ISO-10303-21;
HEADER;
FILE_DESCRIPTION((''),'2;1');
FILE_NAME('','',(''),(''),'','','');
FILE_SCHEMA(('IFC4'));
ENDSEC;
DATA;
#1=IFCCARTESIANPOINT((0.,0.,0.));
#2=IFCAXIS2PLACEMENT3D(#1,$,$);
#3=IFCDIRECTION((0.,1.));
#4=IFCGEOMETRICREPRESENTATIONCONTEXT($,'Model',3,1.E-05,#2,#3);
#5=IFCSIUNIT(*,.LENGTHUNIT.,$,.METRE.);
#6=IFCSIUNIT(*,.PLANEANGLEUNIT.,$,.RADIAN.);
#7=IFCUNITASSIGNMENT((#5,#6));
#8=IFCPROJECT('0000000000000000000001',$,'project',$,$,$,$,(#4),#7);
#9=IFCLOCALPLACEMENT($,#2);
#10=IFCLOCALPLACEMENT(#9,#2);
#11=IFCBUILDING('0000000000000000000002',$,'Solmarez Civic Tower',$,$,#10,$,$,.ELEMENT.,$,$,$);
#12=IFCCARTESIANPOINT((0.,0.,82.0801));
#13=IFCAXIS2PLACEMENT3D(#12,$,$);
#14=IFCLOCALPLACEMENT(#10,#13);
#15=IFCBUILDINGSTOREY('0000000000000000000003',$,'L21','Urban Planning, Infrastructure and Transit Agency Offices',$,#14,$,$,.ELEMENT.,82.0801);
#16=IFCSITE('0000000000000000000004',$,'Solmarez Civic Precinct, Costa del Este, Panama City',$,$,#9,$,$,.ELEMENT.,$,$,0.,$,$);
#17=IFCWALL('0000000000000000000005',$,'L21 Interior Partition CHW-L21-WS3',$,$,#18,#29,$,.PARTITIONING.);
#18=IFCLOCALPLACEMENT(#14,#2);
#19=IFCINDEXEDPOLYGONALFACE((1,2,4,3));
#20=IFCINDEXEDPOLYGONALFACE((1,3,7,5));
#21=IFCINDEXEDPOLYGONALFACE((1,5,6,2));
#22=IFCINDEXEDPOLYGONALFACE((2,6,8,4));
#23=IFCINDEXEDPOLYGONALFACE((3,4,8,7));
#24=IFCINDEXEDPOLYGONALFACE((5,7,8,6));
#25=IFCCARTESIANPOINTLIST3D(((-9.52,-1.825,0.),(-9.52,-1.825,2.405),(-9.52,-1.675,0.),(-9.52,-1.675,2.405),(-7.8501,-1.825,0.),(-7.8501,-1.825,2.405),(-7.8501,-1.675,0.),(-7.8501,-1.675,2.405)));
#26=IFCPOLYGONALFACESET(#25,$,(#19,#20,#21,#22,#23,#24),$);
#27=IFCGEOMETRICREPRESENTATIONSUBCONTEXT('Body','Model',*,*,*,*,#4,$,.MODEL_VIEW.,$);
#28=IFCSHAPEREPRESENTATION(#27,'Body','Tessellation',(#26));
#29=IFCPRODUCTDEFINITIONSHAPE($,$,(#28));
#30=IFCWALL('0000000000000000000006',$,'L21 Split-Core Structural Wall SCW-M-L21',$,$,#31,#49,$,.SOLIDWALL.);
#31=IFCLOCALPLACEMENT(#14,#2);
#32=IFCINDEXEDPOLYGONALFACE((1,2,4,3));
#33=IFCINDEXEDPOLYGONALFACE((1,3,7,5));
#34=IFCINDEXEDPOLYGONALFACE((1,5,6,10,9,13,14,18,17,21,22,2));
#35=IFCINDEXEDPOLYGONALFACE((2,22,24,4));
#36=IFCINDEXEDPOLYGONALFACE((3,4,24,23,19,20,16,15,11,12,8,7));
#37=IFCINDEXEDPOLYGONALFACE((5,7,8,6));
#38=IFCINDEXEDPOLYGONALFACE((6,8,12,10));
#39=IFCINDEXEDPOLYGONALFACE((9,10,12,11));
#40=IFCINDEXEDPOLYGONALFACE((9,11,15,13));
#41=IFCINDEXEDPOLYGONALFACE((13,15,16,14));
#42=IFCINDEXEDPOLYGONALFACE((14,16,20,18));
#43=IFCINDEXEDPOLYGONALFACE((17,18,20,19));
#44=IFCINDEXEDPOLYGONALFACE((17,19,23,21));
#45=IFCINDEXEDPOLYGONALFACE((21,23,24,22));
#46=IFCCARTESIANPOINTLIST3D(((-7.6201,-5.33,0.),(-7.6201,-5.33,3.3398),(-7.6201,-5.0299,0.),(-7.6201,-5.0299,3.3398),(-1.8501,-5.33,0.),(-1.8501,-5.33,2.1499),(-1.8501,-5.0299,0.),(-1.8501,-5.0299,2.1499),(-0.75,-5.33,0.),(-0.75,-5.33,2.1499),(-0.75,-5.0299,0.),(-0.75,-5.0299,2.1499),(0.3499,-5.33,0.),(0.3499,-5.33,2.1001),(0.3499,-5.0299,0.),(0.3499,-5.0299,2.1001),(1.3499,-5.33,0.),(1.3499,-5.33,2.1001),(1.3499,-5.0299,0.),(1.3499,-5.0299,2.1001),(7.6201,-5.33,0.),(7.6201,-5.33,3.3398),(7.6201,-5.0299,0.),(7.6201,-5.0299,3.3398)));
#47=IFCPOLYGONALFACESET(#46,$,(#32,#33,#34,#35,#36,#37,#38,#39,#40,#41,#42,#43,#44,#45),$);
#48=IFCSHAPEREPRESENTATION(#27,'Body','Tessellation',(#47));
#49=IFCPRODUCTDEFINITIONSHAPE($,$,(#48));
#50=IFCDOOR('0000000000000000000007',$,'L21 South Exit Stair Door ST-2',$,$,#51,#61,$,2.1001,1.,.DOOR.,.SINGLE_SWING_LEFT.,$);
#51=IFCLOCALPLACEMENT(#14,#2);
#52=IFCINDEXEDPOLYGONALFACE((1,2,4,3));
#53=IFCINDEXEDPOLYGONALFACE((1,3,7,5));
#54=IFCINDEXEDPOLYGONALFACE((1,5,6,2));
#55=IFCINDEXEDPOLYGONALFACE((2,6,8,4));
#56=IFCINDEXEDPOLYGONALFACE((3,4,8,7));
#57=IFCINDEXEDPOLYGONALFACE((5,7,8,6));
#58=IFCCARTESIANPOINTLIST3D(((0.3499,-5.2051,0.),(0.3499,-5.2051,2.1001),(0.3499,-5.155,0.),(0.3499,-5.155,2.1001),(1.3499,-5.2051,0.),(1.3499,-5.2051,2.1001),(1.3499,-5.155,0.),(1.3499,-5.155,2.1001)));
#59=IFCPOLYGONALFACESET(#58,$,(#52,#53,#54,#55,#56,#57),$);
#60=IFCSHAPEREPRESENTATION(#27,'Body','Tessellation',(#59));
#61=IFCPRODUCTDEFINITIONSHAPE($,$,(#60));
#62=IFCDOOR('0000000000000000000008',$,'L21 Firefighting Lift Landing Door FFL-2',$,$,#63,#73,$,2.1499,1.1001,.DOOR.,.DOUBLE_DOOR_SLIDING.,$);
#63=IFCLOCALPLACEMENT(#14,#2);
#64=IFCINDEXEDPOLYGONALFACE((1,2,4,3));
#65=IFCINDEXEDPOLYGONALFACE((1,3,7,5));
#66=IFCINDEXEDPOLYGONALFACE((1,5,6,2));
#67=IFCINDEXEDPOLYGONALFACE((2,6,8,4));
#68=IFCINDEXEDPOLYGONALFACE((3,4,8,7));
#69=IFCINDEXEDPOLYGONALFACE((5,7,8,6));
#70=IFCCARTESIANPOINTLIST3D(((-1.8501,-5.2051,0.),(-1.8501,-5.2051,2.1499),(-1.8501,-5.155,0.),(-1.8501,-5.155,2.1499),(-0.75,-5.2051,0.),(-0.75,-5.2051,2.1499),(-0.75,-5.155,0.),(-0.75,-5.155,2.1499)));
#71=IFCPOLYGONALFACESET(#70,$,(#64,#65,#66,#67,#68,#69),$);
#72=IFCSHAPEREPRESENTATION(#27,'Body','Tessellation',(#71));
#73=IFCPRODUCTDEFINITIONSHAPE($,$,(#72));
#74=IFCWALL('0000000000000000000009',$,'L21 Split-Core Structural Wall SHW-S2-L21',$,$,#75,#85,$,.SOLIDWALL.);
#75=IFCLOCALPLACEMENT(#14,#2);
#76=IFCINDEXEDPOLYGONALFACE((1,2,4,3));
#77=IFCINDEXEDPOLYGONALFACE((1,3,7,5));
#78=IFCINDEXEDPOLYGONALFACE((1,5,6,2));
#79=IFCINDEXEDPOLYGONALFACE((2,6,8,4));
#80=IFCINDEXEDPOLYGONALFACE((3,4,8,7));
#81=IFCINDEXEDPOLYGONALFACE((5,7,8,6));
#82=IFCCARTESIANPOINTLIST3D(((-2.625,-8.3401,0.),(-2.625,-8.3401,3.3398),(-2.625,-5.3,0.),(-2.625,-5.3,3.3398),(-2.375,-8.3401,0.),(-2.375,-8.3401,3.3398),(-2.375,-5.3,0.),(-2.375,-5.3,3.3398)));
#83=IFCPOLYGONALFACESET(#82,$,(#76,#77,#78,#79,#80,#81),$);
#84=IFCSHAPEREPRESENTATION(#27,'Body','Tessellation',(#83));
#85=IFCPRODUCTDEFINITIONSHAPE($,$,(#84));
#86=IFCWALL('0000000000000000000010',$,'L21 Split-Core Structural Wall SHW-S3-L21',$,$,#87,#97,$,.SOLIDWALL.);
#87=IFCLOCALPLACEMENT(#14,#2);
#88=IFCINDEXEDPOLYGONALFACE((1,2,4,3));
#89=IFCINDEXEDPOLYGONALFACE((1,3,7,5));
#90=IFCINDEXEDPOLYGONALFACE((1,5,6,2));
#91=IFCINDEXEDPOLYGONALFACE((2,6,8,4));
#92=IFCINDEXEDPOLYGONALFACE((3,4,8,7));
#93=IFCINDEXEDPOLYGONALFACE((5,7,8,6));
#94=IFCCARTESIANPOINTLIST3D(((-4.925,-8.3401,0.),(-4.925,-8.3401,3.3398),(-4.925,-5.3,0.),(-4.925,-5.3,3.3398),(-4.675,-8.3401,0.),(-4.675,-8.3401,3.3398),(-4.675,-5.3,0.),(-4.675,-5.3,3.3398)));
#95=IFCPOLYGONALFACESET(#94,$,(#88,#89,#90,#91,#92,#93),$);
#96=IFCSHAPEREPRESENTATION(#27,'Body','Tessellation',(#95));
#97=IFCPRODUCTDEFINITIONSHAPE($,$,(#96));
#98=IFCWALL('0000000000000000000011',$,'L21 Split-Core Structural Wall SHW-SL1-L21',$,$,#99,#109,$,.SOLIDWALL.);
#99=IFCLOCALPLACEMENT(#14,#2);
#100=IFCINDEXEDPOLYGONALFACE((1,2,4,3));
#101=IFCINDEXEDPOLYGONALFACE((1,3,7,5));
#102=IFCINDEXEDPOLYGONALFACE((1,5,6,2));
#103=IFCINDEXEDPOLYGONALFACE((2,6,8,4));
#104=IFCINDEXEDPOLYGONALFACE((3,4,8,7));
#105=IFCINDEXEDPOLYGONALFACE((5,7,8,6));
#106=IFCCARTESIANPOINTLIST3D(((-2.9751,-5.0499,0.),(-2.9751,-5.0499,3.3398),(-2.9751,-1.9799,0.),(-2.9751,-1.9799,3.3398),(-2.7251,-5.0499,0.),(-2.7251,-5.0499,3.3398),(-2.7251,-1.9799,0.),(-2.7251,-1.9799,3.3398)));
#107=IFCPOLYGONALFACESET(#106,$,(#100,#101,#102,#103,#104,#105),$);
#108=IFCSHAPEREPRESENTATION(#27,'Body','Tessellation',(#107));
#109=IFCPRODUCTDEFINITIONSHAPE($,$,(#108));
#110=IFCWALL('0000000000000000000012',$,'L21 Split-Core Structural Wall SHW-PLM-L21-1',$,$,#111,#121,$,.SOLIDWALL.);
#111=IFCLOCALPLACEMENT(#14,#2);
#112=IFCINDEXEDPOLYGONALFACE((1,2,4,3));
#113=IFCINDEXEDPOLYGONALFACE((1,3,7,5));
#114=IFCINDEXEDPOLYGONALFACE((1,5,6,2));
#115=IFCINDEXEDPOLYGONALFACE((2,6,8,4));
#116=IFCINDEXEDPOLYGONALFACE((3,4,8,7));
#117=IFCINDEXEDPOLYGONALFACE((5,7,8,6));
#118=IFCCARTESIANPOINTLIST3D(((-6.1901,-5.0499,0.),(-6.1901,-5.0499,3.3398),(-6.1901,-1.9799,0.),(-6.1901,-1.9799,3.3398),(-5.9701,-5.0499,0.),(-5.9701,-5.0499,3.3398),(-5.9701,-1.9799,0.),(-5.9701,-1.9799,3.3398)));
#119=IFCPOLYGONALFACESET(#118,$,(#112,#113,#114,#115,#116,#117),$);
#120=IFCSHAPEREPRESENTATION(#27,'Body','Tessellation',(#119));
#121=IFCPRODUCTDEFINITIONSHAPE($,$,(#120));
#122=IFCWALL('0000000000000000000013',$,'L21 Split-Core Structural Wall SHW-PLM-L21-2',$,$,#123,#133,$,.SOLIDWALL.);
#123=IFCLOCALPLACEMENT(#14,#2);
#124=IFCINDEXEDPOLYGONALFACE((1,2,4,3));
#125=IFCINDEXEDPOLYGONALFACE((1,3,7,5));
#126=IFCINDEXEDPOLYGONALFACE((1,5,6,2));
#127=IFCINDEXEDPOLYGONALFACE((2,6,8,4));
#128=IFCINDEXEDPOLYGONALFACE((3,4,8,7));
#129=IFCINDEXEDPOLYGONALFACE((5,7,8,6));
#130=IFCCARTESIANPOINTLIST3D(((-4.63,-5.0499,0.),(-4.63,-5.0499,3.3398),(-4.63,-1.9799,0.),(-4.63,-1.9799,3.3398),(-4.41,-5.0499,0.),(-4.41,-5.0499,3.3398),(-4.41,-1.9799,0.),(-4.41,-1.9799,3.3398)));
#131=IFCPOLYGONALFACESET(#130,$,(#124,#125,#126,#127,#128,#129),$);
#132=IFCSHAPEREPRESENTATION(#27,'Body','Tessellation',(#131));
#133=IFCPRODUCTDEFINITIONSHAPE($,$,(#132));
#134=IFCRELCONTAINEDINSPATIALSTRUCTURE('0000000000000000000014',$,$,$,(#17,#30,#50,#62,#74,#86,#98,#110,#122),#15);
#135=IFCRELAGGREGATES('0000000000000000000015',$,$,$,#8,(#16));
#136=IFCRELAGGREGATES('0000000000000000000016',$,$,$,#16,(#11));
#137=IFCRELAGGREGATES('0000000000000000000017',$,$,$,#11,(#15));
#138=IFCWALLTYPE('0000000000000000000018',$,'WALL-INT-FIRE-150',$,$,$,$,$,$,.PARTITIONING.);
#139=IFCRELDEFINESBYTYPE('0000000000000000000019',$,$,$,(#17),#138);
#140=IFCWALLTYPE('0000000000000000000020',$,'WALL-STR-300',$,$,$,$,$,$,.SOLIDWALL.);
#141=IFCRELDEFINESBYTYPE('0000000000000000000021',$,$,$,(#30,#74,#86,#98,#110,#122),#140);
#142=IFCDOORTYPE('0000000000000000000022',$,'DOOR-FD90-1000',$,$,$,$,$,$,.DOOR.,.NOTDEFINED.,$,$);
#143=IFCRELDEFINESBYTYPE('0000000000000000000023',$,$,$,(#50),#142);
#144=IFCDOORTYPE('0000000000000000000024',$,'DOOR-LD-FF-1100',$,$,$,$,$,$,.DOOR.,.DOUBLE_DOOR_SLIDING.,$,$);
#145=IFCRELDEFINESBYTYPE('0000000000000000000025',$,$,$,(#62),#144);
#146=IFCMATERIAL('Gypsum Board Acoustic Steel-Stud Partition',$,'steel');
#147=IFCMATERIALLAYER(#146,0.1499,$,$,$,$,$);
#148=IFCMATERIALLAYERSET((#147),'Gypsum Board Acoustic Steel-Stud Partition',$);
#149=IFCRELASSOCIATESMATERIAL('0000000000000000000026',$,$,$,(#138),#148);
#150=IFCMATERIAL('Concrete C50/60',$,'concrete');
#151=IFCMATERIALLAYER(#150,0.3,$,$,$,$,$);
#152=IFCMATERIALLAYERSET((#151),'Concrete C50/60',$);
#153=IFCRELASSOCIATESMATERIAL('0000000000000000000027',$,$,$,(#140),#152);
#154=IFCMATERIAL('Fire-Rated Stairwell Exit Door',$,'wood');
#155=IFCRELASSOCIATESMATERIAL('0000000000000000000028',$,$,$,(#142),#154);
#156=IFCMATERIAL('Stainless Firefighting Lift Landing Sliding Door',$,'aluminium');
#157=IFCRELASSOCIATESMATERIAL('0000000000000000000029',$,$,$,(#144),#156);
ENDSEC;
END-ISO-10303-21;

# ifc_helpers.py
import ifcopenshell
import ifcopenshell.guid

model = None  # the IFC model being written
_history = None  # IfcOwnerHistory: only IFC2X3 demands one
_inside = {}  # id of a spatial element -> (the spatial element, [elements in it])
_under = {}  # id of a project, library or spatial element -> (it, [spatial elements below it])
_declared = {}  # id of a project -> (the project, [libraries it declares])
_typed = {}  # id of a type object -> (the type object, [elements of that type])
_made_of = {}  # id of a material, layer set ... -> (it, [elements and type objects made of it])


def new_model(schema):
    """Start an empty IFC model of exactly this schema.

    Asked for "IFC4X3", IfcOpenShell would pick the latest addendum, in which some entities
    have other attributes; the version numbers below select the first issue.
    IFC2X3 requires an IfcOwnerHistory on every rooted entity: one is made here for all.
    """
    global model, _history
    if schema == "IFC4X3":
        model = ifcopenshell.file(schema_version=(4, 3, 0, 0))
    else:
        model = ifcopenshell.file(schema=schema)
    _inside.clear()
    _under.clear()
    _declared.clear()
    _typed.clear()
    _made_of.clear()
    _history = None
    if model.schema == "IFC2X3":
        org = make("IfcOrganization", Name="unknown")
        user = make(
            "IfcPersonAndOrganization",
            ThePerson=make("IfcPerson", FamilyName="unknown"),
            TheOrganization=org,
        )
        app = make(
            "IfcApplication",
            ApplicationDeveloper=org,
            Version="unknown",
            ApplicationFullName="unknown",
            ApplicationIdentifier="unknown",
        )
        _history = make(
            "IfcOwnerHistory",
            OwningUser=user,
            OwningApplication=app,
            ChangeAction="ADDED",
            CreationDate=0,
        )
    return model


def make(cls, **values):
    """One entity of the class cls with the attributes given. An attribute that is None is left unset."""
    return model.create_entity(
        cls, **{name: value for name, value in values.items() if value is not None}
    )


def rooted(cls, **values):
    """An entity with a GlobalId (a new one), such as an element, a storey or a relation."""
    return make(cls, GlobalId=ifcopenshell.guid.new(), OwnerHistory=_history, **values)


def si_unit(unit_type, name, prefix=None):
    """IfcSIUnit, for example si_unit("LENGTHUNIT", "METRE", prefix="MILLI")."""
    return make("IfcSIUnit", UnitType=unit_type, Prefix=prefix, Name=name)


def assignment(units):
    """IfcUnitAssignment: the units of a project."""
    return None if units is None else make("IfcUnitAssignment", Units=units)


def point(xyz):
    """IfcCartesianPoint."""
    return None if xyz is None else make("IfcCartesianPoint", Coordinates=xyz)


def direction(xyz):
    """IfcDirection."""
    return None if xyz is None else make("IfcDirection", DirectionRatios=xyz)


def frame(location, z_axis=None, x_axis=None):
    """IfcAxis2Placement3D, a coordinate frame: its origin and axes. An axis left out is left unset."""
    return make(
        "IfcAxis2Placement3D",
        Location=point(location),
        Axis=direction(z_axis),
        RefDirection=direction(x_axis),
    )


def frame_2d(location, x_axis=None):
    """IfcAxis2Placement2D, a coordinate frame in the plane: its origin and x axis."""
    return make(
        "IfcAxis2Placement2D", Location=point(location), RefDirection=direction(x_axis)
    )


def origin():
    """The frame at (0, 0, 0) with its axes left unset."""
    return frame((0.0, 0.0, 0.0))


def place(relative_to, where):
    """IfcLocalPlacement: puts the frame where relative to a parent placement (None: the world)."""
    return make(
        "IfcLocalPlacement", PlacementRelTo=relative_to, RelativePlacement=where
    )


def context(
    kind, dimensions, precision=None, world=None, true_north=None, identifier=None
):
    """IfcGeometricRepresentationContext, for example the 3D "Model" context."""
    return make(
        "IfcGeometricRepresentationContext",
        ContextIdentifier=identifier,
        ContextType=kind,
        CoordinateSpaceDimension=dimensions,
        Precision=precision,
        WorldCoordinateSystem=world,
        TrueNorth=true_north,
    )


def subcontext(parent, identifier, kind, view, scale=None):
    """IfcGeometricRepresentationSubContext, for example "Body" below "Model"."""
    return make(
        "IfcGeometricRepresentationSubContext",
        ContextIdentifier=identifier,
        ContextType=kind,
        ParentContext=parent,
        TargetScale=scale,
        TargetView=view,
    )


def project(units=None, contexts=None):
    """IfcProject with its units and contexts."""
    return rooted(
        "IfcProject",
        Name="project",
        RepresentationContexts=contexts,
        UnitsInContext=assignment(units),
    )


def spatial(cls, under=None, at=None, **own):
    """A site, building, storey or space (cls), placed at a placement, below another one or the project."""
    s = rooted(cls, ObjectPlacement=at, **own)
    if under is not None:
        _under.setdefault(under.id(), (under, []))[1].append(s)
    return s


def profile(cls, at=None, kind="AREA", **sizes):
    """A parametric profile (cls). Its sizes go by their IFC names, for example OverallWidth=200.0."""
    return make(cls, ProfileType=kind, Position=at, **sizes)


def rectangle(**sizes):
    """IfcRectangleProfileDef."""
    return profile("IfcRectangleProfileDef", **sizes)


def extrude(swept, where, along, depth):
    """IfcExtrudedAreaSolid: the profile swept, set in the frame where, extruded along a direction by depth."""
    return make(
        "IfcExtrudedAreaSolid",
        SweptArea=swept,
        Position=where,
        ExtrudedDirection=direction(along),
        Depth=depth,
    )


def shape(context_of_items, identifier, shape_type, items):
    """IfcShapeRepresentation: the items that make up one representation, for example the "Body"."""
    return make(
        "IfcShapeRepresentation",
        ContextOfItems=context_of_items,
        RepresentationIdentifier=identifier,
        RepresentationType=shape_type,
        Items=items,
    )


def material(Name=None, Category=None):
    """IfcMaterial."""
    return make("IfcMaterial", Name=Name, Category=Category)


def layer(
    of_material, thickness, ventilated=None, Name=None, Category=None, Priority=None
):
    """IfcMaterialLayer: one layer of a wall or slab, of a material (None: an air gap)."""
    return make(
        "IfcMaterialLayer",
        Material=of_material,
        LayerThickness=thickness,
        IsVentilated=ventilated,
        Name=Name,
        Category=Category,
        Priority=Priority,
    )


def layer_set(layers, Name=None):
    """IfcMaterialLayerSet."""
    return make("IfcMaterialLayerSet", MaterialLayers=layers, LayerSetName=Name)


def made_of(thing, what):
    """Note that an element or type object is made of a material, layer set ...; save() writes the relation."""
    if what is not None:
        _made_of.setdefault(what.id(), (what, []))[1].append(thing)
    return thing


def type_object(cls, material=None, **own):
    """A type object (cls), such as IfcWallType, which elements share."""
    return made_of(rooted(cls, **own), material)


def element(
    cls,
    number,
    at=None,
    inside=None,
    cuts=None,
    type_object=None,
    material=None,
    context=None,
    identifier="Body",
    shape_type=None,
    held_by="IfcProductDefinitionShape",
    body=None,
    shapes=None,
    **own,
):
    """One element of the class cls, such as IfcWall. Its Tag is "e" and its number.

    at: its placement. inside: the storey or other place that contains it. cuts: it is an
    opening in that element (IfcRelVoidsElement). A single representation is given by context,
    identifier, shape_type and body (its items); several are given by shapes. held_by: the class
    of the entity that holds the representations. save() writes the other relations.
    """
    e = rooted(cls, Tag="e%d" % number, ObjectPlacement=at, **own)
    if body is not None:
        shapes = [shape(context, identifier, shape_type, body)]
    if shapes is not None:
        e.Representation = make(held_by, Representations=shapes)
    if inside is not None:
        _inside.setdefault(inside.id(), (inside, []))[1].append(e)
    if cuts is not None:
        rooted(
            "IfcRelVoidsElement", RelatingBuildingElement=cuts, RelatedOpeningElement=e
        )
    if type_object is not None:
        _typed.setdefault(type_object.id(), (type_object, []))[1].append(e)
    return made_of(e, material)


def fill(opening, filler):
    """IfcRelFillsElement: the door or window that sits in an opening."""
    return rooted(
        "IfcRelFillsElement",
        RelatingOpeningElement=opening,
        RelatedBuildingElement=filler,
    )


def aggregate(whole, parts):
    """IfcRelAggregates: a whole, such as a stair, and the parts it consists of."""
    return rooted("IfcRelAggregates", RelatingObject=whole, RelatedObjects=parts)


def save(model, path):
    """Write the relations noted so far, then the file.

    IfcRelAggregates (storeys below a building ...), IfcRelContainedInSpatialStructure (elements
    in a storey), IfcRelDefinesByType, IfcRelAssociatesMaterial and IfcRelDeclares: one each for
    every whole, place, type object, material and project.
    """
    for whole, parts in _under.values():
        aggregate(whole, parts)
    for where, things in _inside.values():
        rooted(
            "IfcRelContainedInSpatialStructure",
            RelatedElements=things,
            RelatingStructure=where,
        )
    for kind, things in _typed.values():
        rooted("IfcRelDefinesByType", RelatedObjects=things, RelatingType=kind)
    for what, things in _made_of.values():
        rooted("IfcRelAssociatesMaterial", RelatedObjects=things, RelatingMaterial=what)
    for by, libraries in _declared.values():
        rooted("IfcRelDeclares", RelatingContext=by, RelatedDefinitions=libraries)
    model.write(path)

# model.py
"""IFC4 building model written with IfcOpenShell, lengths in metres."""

from ifc_helpers import new_model, si_unit, direction, frame, frame_2d, origin, place, context, subcontext, project, spatial, rectangle, extrude, material, layer, layer_set, type_object, element, fill, save


model = new_model("IFC4")

# Units and contexts
model_context = context("Model", 3, precision=1e-05, world=origin(), true_north=direction((0.0, 1.0)))
body_context = subcontext(model_context, "Body", "Model", "MODEL_VIEW")
ifc_project = project(units=[si_unit("LENGTHUNIT", "METRE"), si_unit("PLANEANGLEUNIT", "RADIAN")], contexts=[model_context])

# Site, building, storey
site_placement = place(None, origin())
site = spatial("IfcSite", under=ifc_project, at=site_placement, Name="Solmarez Civic Precinct, Costa del Este, Panama City", CompositionType="ELEMENT", RefElevation=0.0)
building_placement = place(site_placement, origin())
building = spatial("IfcBuilding", under=site, at=building_placement, Name="Solmarez Civic Tower", CompositionType="ELEMENT")
storey_placement = place(building_placement, frame((0.0, 0.0, 82.0801)))
storey = spatial("IfcBuildingStorey", under=building, at=storey_placement, Name="L21", Description="Urban Planning, Infrastructure and Transit Agency Offices", CompositionType="ELEMENT", Elevation=82.0801)

# Wall
ifc_material_1 = material(Name="Gypsum Board Acoustic Steel-Stud Partition", Category="steel")
ifc_layer_1 = layer(ifc_material_1, 0.1499)
ifc_layer_set_1 = layer_set([ifc_layer_1], Name="Gypsum Board Acoustic Steel-Stud Partition")
wall_type_1 = type_object("IfcWallType", Name="WALL-INT-FIRE-150", PredefinedType="PARTITIONING", material=ifc_layer_set_1)
wall_1_placement = place(storey_placement, frame((-7.8501, -1.75, 0.0), z_axis=(0.0, 0.0, 1.0), x_axis=(-1.0, 0.0, 0.0)))
element("IfcWall", 1, at=wall_1_placement, inside=storey, type_object=wall_type_1, Name="L21 Interior Partition CHW-L21-WS3", PredefinedType="PARTITIONING", context=body_context, shape_type="SweptSolid", body=[
    extrude(rectangle(XDim=1.6699, YDim=0.1499, at=frame_2d((0.835, 0.0))), origin(), (0.0, 0.0, 1.0), 2.405),
])

# Wall, openings, doors
ifc_material_2 = material(Name="Concrete C50/60", Category="concrete")
ifc_layer_2 = layer(ifc_material_2, 0.3)
ifc_layer_set_2 = layer_set([ifc_layer_2], Name="Concrete C50/60")
wall_type_2 = type_object("IfcWallType", Name="WALL-STR-300", PredefinedType="SOLIDWALL", material=ifc_layer_set_2)
wall_2_placement = place(storey_placement, frame((-7.6201, -5.1799, 0.0), z_axis=(0.0, 0.0, 1.0), x_axis=(1.0, 0.0, 0.0)))
wall_2 = element("IfcWall", 2, at=wall_2_placement, inside=storey, type_object=wall_type_2, Name="L21 Split-Core Structural Wall SCW-M-L21", PredefinedType="SOLIDWALL", context=body_context, shape_type="SweptSolid", body=[
    extrude(rectangle(XDim=15.2402, YDim=0.3, at=frame_2d((7.6201, 0.0))), origin(), (0.0, 0.0, 1.0), 3.3398),
])
opening_1_placement = place(wall_2_placement, frame((5.77, 0.0, 0.0)))
opening_1 = element("IfcOpeningElement", 3, at=opening_1_placement, cuts=wall_2, PredefinedType="OPENING", context=body_context, shape_type="SweptSolid", body=[
    extrude(rectangle(XDim=1.1001, YDim=2.1499, at=frame_2d((0.55, 1.075))), frame((0.0, 0.1599, 0.0), z_axis=(0.0, -1.0, 0.0), x_axis=(1.0, 0.0, 0.0)), (0.0, 0.0, 1.0), 0.3201),
])
opening_2_placement = place(wall_2_placement, frame((7.97, 0.0, 0.0)))
opening_2 = element("IfcOpeningElement", 4, at=opening_2_placement, cuts=wall_2, PredefinedType="OPENING", context=body_context, shape_type="SweptSolid", body=[
    extrude(rectangle(XDim=1.0, YDim=2.1001, at=frame_2d((0.5, 1.05))), frame((0.0, 0.1599, 0.0), z_axis=(0.0, -1.0, 0.0), x_axis=(1.0, 0.0, 0.0)), (0.0, 0.0, 1.0), 0.3201),
])
ifc_material_3 = material(Name="Fire-Rated Stairwell Exit Door", Category="wood")
door_type_1 = type_object("IfcDoorType", Name="DOOR-FD90-1000", OperationType="NOTDEFINED", PredefinedType="DOOR", material=ifc_material_3)
door_1_placement = place(opening_2_placement, origin())
door_1 = element("IfcDoor", 5, at=door_1_placement, inside=storey, type_object=door_type_1, Name="L21 South Exit Stair Door ST-2", OperationType="SINGLE_SWING_LEFT", OverallHeight=2.1001, OverallWidth=1.0, PredefinedType="DOOR", context=body_context, shape_type="SweptSolid", body=[
    extrude(rectangle(XDim=1.0, YDim=2.1001, at=frame_2d((0.5, 1.05))), frame((0.0, 0.0249, 0.0), z_axis=(0.0, -1.0, 0.0), x_axis=(1.0, 0.0, 0.0)), (0.0, 0.0, 1.0), 0.05),
])
fill(opening_2, door_1)
ifc_material_4 = material(Name="Stainless Firefighting Lift Landing Sliding Door", Category="aluminium")
door_type_2 = type_object("IfcDoorType", Name="DOOR-LD-FF-1100", OperationType="DOUBLE_DOOR_SLIDING", PredefinedType="DOOR", material=ifc_material_4)
door_2_placement = place(opening_1_placement, origin())
door_2 = element("IfcDoor", 6, at=door_2_placement, inside=storey, type_object=door_type_2, Name="L21 Firefighting Lift Landing Door FFL-2", OperationType="DOUBLE_DOOR_SLIDING", OverallHeight=2.1499, OverallWidth=1.1001, PredefinedType="DOOR", context=body_context, shape_type="SweptSolid", body=[
    extrude(rectangle(XDim=1.1001, YDim=2.1499, at=frame_2d((0.55, 1.075))), frame((0.0, 0.0249, 0.0), z_axis=(0.0, -1.0, 0.0), x_axis=(1.0, 0.0, 0.0)), (0.0, 0.0, 1.0), 0.05),
])
fill(opening_1, door_2)

# Walls
for number, where, z_axis, x_axis, name in (
    (7, (-2.5, -8.3401, 0.0), (0.0, 0.0, 1.0), (0.0, 1.0, 0.0), "L21 Split-Core Structural Wall SHW-S2-L21"),
    (8, (-4.8, -8.3401, 0.0), (0.0, 0.0, 1.0), (0.0, 1.0, 0.0), "L21 Split-Core Structural Wall SHW-S3-L21"),
):
    element("IfcWall", number, at=place(storey_placement, frame(where, z_axis=z_axis, x_axis=x_axis)), inside=storey, type_object=wall_type_2, Name=name, PredefinedType="SOLIDWALL", context=body_context, shape_type="SweptSolid", body=[
        extrude(rectangle(XDim=3.04, YDim=0.25, at=frame_2d((1.52, 0.0))), origin(), (0.0, 0.0, 1.0), 3.3398),
    ])
wall_3_placement = place(storey_placement, frame((-2.8501, -5.05, 0.0), z_axis=(0.0, 0.0, 1.0), x_axis=(0.0, 1.0, 0.0)))
element("IfcWall", 9, at=wall_3_placement, inside=storey, type_object=wall_type_2, Name="L21 Split-Core Structural Wall SHW-SL1-L21", PredefinedType="SOLIDWALL", context=body_context, shape_type="SweptSolid", body=[
    extrude(rectangle(XDim=3.0701, YDim=0.25, at=frame_2d((1.5352, 0.0))), origin(), (0.0, 0.0, 1.0), 3.3398),
])
for number, where, z_axis, x_axis, name in (
    (10, (-6.0801, -5.05, 0.0), (0.0, 0.0, 1.0), (0.0, 1.0, 0.0), "L21 Split-Core Structural Wall SHW-PLM-L21-1"),
    (11, (-4.52, -5.05, 0.0), (0.0, 0.0, 1.0), (0.0, 1.0, 0.0), "L21 Split-Core Structural Wall SHW-PLM-L21-2"),
):
    element("IfcWall", number, at=place(storey_placement, frame(where, z_axis=z_axis, x_axis=x_axis)), inside=storey, type_object=wall_type_2, Name=name, PredefinedType="SOLIDWALL", context=body_context, shape_type="SweptSolid", body=[
        extrude(rectangle(XDim=3.0701, YDim=0.22, at=frame_2d((1.5352, 0.0))), origin(), (0.0, 0.0, 1.0), 3.3398),
    ])

save(model, "model.ifc")
